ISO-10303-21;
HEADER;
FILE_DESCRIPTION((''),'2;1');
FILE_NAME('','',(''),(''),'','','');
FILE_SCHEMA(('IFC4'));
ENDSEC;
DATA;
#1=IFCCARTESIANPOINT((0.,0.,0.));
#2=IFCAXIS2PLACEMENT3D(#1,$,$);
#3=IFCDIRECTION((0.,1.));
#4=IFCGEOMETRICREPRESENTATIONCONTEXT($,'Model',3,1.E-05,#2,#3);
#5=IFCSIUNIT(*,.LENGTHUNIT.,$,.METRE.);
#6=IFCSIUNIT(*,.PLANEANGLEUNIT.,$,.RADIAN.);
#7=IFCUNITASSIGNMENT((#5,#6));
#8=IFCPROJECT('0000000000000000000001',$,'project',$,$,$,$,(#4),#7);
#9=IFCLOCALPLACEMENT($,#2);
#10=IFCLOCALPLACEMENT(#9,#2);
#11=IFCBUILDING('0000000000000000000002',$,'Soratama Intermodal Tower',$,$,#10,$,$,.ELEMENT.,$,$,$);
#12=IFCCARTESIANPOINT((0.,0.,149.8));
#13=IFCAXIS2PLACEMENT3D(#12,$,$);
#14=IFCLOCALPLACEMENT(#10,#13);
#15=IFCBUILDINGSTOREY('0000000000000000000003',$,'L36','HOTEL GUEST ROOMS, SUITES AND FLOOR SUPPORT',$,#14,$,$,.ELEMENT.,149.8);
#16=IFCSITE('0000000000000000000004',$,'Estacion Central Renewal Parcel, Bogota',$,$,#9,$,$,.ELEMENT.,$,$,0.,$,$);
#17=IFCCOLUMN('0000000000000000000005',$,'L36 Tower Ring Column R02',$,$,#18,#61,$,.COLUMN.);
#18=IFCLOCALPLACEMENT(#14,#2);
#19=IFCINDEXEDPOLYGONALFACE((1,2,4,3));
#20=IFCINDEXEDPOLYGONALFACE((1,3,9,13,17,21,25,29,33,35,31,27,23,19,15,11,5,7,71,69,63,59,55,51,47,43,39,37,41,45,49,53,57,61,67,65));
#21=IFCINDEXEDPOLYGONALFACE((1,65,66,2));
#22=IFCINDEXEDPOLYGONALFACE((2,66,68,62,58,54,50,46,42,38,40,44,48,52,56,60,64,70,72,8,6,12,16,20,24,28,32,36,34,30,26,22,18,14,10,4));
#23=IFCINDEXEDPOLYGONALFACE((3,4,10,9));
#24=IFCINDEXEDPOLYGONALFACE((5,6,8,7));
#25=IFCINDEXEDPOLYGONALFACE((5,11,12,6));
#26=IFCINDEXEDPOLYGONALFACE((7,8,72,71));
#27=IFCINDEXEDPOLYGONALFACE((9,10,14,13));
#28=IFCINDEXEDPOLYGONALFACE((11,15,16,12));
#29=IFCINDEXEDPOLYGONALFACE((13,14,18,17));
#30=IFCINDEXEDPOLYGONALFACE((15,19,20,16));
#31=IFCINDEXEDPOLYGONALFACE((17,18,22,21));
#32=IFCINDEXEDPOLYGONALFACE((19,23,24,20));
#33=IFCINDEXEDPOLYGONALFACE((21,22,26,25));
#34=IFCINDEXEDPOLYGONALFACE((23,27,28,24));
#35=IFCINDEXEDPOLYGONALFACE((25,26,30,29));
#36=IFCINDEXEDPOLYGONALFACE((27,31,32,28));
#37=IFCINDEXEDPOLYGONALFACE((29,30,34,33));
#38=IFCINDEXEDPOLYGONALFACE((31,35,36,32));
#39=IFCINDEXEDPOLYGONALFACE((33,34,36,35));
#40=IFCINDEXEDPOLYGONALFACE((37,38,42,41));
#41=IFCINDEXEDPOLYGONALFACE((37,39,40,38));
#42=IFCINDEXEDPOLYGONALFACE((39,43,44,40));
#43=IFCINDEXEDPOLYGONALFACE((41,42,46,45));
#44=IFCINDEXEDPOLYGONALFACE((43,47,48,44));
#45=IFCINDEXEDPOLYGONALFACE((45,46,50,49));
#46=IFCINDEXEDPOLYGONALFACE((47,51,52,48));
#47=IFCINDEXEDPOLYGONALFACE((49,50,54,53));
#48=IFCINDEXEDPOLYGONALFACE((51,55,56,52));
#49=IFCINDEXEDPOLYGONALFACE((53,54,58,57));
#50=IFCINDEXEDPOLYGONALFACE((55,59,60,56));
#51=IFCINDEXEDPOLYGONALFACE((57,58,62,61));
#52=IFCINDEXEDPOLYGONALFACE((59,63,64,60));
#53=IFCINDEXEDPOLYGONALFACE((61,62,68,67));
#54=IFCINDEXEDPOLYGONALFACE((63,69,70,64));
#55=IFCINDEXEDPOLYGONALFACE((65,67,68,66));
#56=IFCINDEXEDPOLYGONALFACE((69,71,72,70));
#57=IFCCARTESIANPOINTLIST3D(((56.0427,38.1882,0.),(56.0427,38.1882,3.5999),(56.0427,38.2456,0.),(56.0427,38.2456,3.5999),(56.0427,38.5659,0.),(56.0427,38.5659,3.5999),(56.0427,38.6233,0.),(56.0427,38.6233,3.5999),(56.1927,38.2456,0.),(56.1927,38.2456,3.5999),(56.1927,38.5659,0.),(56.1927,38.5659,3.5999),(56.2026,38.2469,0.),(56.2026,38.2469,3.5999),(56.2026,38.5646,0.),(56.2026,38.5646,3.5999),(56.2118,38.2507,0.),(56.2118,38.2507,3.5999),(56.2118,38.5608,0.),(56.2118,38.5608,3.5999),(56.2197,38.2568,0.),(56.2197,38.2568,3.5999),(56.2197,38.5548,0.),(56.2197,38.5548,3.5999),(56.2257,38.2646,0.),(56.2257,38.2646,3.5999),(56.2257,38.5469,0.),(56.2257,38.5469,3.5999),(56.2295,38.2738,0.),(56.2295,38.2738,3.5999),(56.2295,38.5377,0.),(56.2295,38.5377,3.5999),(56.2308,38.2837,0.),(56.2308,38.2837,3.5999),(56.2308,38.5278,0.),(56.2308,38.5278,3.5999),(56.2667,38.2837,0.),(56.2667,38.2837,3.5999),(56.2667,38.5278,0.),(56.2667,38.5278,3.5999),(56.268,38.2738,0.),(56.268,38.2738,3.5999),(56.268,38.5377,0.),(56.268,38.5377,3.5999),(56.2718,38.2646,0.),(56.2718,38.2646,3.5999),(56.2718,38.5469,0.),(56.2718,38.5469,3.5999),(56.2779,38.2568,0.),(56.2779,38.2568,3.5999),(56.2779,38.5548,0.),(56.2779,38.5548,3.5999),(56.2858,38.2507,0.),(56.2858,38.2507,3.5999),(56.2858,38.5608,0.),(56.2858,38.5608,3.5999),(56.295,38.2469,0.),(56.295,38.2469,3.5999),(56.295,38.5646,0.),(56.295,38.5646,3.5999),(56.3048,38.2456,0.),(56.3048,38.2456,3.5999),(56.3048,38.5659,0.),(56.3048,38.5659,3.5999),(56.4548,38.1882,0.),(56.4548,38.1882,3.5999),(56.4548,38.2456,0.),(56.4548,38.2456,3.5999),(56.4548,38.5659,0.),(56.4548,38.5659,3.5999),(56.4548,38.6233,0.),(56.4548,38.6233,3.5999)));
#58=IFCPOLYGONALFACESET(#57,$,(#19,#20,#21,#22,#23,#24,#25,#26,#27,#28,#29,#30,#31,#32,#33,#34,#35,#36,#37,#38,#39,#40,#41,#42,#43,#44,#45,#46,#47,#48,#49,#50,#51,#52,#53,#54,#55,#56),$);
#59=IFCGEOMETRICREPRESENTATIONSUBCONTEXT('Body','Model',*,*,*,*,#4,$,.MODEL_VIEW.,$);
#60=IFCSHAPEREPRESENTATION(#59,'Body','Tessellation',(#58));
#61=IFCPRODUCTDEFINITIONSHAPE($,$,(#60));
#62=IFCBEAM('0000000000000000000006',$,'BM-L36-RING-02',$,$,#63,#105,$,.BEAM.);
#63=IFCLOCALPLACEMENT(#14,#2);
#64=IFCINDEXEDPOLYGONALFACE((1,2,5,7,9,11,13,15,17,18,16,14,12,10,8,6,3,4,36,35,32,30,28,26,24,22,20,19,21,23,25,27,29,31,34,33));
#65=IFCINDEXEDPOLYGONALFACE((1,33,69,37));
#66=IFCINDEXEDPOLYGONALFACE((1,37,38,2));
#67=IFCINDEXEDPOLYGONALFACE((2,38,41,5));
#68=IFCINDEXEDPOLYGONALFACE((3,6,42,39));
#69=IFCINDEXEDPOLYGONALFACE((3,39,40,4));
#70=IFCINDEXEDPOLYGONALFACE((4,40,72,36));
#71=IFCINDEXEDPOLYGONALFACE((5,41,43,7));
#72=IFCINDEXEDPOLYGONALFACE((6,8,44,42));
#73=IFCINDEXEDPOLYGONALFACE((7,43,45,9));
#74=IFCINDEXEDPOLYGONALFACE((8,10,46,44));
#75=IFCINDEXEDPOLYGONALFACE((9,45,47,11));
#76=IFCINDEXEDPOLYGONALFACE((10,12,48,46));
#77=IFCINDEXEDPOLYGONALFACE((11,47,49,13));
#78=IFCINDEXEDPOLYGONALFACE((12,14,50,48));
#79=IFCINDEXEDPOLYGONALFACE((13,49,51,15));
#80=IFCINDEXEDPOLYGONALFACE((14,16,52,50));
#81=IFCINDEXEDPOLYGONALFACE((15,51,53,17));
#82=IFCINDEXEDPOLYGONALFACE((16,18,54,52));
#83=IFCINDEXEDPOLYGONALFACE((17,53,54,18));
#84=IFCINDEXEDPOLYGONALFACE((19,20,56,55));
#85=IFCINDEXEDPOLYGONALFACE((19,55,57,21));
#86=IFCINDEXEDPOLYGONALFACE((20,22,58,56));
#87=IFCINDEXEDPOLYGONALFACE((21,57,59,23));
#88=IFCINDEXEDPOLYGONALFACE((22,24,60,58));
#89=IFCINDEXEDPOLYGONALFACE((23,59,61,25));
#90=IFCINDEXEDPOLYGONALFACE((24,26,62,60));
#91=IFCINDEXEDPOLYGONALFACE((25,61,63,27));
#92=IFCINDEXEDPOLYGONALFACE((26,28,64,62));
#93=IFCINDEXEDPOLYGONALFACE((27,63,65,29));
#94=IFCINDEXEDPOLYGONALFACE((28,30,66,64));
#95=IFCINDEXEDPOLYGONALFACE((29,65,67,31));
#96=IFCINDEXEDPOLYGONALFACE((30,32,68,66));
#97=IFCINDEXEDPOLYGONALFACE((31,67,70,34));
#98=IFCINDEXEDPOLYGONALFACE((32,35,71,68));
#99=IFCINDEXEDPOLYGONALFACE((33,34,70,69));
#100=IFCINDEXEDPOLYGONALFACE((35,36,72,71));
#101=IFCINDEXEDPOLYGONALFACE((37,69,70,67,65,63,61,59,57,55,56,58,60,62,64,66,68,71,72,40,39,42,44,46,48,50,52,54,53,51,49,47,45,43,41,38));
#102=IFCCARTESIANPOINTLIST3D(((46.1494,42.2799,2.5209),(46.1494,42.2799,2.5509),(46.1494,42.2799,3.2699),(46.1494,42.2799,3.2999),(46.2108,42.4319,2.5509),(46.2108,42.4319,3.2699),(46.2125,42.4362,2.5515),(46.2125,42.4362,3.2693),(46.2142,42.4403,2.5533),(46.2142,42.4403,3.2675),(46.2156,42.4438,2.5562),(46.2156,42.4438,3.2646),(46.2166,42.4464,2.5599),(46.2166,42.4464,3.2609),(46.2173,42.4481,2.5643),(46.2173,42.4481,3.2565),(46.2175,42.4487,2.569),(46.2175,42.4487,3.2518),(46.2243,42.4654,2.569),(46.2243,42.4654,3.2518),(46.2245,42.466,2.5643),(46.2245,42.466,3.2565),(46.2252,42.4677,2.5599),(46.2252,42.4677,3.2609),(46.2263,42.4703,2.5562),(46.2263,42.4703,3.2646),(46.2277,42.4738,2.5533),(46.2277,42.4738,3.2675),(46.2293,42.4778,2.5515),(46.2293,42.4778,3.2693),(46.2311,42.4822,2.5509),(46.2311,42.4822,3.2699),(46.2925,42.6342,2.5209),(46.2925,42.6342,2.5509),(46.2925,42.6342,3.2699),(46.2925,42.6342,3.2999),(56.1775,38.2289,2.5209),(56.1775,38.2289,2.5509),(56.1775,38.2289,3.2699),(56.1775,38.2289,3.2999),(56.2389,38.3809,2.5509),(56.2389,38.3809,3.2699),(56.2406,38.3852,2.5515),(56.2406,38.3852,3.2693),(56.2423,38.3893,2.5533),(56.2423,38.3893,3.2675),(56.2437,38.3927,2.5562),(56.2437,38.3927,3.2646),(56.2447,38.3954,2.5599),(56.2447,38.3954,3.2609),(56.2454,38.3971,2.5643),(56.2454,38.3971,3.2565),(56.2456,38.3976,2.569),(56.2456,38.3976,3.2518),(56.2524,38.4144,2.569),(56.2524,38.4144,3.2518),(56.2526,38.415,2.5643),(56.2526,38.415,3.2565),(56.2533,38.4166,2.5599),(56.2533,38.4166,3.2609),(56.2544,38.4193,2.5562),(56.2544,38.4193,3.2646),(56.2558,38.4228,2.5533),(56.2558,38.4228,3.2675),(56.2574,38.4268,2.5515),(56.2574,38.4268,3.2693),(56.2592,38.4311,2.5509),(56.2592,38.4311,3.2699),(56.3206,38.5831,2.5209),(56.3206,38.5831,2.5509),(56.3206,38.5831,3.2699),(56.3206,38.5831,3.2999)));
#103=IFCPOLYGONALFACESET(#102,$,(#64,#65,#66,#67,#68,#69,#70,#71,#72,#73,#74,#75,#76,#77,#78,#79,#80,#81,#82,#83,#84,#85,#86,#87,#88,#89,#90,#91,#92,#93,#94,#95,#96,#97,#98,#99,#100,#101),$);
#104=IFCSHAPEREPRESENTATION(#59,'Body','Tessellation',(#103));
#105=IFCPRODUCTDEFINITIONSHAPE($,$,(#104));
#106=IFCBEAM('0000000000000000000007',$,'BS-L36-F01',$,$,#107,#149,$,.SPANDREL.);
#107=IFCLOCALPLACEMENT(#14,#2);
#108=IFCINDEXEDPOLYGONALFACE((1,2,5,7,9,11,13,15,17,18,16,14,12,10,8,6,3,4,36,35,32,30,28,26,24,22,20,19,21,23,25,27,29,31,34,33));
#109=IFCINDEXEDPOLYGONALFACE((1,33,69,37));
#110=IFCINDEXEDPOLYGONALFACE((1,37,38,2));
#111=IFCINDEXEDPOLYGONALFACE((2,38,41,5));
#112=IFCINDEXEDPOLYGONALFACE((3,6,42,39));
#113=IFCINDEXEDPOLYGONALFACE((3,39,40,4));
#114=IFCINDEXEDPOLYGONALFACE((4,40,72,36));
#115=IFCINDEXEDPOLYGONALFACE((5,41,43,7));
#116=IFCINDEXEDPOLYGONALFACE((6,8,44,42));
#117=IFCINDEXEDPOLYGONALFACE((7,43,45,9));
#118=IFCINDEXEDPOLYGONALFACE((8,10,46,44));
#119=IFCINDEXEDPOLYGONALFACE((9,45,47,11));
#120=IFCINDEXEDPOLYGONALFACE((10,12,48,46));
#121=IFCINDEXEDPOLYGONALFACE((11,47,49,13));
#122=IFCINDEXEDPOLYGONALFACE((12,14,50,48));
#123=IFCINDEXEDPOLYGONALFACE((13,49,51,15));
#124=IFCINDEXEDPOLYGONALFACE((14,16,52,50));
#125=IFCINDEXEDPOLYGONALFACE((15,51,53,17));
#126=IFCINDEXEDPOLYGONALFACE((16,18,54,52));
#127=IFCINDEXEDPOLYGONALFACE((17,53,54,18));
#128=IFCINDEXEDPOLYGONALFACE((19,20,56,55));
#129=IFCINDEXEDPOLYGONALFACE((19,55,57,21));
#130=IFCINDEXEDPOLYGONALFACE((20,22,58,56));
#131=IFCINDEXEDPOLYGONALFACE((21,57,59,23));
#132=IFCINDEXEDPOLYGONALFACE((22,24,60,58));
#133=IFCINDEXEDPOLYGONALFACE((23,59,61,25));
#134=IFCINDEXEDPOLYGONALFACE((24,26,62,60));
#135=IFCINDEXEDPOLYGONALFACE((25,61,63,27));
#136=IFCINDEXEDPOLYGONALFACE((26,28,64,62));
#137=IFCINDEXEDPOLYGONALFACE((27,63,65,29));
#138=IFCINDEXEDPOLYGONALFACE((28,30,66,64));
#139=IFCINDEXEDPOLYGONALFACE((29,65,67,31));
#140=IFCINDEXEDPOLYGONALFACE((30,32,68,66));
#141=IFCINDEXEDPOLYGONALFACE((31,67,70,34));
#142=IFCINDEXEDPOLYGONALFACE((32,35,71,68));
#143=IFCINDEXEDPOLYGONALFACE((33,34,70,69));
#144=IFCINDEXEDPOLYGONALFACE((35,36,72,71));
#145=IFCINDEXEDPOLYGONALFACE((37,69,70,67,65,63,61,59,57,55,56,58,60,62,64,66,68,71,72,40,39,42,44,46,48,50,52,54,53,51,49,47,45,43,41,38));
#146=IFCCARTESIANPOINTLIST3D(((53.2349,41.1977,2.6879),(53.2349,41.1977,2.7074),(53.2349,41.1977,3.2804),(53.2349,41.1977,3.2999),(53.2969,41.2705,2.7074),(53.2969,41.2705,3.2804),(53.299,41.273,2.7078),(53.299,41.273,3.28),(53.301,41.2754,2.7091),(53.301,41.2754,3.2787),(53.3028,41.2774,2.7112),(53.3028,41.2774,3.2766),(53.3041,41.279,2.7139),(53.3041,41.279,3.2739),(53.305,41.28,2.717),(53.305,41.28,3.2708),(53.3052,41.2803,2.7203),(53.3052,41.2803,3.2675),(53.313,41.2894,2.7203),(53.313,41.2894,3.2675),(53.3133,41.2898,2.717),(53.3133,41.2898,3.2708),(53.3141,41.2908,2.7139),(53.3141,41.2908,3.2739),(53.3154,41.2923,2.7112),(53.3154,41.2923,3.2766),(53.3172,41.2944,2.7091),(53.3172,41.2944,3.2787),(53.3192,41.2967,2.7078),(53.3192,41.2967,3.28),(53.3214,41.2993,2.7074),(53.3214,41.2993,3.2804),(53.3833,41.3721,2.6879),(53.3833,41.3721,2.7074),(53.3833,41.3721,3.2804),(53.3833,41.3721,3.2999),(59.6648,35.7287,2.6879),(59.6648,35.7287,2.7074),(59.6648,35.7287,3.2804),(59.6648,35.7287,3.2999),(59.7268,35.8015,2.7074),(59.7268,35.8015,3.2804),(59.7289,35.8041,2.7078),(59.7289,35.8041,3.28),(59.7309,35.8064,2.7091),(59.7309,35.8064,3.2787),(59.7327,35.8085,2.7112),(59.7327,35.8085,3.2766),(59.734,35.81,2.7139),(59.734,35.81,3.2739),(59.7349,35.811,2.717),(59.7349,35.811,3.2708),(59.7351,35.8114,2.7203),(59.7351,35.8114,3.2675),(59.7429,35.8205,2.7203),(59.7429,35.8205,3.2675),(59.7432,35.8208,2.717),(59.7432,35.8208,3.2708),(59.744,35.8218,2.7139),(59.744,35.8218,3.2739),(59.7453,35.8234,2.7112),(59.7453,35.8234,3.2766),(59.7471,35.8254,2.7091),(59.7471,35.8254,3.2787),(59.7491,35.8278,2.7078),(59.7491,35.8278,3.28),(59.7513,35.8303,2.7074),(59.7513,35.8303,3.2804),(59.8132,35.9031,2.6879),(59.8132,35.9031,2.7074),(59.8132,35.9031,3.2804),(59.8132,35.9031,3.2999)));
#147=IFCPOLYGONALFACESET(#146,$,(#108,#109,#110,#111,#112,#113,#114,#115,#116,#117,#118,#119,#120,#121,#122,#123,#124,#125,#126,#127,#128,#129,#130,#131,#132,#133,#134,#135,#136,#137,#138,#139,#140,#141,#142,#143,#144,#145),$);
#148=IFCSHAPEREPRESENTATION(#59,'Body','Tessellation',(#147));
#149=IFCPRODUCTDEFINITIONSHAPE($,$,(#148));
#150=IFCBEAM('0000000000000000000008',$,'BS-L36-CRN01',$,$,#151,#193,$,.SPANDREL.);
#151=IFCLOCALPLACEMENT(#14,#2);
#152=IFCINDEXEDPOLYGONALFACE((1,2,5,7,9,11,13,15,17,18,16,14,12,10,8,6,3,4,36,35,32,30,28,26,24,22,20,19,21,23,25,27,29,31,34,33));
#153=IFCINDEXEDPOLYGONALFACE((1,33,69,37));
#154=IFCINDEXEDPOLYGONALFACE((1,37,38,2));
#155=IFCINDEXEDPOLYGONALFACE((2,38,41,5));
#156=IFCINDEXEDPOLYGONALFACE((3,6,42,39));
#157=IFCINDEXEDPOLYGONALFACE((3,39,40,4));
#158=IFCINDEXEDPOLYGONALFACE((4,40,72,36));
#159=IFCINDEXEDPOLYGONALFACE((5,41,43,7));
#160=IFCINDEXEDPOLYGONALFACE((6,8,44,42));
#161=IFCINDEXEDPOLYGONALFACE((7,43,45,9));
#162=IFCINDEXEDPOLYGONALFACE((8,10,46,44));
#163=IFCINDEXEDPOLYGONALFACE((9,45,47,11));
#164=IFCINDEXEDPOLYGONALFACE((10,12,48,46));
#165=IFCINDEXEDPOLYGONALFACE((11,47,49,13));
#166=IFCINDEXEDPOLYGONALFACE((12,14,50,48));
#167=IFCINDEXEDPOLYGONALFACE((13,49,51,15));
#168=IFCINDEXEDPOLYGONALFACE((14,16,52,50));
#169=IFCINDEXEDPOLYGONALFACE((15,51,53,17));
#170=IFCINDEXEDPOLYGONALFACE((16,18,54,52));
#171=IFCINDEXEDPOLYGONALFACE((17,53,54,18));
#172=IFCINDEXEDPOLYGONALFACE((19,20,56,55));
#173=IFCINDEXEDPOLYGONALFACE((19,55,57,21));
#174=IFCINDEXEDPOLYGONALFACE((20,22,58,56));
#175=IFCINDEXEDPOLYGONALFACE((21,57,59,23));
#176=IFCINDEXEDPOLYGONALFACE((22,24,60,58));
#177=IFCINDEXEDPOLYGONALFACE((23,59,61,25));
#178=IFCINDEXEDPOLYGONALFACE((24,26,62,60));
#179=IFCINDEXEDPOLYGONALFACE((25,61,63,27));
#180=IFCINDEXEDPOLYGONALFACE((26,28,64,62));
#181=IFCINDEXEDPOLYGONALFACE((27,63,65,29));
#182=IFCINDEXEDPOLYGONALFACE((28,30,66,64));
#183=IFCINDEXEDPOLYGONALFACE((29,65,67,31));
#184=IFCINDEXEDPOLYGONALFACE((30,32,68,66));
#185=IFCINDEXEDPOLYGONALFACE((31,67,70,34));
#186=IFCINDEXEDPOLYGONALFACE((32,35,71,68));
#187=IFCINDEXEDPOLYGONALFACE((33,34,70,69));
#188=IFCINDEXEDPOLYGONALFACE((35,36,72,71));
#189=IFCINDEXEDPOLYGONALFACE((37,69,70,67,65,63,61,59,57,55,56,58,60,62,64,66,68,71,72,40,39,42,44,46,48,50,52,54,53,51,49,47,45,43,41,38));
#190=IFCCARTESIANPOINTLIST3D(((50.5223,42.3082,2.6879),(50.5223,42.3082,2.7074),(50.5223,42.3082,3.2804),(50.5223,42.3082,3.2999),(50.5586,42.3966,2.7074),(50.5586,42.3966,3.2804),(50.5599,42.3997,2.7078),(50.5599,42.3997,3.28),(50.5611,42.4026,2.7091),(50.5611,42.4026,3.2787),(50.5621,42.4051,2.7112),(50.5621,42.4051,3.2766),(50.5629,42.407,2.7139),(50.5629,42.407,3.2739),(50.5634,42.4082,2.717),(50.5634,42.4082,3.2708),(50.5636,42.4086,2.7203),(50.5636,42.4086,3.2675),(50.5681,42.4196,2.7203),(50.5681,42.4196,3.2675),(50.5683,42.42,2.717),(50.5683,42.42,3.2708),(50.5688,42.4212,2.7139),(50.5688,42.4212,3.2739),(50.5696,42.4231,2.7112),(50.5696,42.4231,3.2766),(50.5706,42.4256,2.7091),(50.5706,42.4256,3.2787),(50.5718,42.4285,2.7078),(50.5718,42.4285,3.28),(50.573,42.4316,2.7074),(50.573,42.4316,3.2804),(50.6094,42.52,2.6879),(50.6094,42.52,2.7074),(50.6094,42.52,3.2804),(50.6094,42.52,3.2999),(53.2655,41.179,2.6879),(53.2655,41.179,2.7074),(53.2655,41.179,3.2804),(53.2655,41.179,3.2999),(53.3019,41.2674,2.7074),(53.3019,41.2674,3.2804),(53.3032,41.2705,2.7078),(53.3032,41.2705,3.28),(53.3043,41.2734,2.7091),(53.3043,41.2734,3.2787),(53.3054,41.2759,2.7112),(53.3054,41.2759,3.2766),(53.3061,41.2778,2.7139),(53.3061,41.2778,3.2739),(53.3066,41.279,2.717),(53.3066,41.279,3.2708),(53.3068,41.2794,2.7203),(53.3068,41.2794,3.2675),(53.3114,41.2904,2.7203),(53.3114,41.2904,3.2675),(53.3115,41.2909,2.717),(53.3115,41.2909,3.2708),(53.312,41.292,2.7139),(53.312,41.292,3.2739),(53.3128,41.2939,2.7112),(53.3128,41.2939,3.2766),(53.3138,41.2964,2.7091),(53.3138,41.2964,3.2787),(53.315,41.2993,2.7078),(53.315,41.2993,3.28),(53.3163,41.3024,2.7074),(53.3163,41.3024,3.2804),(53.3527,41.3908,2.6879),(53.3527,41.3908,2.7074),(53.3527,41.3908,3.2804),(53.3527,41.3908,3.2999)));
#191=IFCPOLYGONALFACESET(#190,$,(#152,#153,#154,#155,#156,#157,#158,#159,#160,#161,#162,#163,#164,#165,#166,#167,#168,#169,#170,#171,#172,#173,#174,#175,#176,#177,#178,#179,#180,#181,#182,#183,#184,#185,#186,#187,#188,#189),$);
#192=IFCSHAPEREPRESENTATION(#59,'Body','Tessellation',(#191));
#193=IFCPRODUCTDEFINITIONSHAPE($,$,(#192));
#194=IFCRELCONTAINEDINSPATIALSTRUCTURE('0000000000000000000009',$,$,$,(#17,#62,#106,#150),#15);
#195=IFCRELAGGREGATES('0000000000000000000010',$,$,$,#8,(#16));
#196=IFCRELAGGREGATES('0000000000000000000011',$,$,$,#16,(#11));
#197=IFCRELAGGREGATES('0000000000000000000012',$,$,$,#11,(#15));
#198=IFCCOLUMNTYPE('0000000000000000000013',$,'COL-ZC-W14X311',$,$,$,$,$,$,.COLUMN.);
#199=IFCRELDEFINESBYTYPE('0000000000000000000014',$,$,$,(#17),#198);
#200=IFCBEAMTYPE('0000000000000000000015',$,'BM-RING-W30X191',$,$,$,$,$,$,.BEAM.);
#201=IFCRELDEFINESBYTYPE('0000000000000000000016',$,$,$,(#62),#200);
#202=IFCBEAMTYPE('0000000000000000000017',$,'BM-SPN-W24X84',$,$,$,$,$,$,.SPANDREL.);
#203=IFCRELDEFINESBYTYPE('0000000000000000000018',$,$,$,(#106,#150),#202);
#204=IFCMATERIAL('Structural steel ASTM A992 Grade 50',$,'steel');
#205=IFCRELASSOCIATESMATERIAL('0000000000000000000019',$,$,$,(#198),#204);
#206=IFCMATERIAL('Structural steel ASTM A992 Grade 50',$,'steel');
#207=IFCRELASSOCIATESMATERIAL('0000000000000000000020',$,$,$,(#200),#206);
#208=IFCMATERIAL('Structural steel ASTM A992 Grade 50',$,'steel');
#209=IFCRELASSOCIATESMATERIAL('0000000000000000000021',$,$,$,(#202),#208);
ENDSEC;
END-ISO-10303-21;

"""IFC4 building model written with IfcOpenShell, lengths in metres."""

from ifc_helpers import new_model, si_unit, direction, frame, origin, origin_2d, place, context, subcontext, project, spatial, i_section, extrude, material, material_profile, profile_set, type_object, element, save


model = new_model("IFC4")

# Units and contexts
model_context = context("Model", 3, precision=1e-05, world=origin(), true_north=direction((0.0, 1.0)))
body_context = subcontext(model_context, "Body", "Model", "MODEL_VIEW")
ifc_project = project(units=[si_unit("LENGTHUNIT", "METRE"), si_unit("PLANEANGLEUNIT", "RADIAN")], contexts=[model_context])

# Site, building, storey
site_placement = place(None, origin())
site = spatial("IfcSite", under=ifc_project, at=site_placement, Name="Estacion Central Renewal Parcel, Bogota", CompositionType="ELEMENT", RefElevation=0.0)
building_placement = place(site_placement, origin())
building = spatial("IfcBuilding", under=site, at=building_placement, Name="Soratama Intermodal Tower", CompositionType="ELEMENT")
storey_placement = place(building_placement, frame((0.0, 0.0, 149.8)))
storey = spatial("IfcBuildingStorey", under=building, at=storey_placement, Name="L36", Description="HOTEL GUEST ROOMS, SUITES AND FLOOR SUPPORT", CompositionType="ELEMENT", Elevation=149.8)

# Column
ifc_material_1 = material(Name="Structural steel ASTM A992 Grade 50", Category="steel")
ifc_material_profile_1 = material_profile(ifc_material_1, i_section(OverallWidth=0.4121, OverallDepth=0.4351, WebThickness=0.0359, FlangeThickness=0.0574, FilletRadius=0.0381, at=origin_2d()), Name="W14X311")
ifc_profile_set_1 = profile_set([ifc_material_profile_1], Name="Structural steel ASTM A992 Grade 50")
column_type = type_object("IfcColumnType", Name="COL-ZC-W14X311", PredefinedType="COLUMN", material=ifc_profile_set_1)
column_placement = place(storey_placement, frame((56.2488, 38.4058, 0.0), z_axis=(0.0, 0.0, 1.0), x_axis=(1.0, 0.0, 0.0)))
element("IfcColumn", 1, at=column_placement, inside=storey, type_object=column_type, Name="L36 Tower Ring Column R02", PredefinedType="COLUMN", context=body_context, shape_type="SweptSolid", body=[
    extrude(i_section(OverallWidth=0.4121, OverallDepth=0.4351, WebThickness=0.0359, FlangeThickness=0.0574, FilletRadius=0.0381, at=origin_2d()), origin(), (0.0, 0.0, 1.0), 3.5999),
])

# Beams
ifc_material_2 = material(Name="Structural steel ASTM A992 Grade 50", Category="steel")
ifc_material_profile_2 = material_profile(ifc_material_2, i_section(OverallWidth=0.3821, OverallDepth=0.7791, WebThickness=0.0181, FlangeThickness=0.03, FilletRadius=0.0181, at=origin_2d()), Name="W30X191")
ifc_profile_set_2 = profile_set([ifc_material_profile_2], Name="Structural steel ASTM A992 Grade 50")
beam_type_1 = type_object("IfcBeamType", Name="BM-RING-W30X191", PredefinedType="BEAM", material=ifc_profile_set_2)
beam_1_placement = place(storey_placement, frame((56.249, 38.406, 2.9104), z_axis=(-0.927202, 0.37456, 0.0), x_axis=(-0.37456, -0.927202, 0.0)))
element("IfcBeam", 2, at=beam_1_placement, inside=storey, type_object=beam_type_1, Name="BM-L36-RING-02", PredefinedType="BEAM", context=body_context, shape_type="SweptSolid", body=[
    extrude(i_section(OverallWidth=0.3821, OverallDepth=0.7791, WebThickness=0.0181, FlangeThickness=0.03, FilletRadius=0.0181, at=origin_2d()), origin(), (0.0, 0.0, 1.0), 10.8154),
])
ifc_material_3 = material(Name="Structural steel ASTM A992 Grade 50", Category="steel")
ifc_material_profile_3 = material_profile(ifc_material_3, i_section(OverallWidth=0.229, OverallDepth=0.6121, WebThickness=0.012, FlangeThickness=0.0195, FilletRadius=0.0129, at=origin_2d()), Name="W24X84")
ifc_profile_set_3 = profile_set([ifc_material_profile_3], Name="Structural steel ASTM A992 Grade 50")
beam_type_2 = type_object("IfcBeamType", Name="BM-SPN-W24X84", PredefinedType="SPANDREL", material=ifc_profile_set_3)
beam_2_placement = place(storey_placement, frame((59.739, 35.8159, 2.9939), z_axis=(-0.761732, 0.647893, 0.0), x_axis=(-0.647893, -0.761732, 0.0)))
element("IfcBeam", 3, at=beam_2_placement, inside=storey, type_object=beam_type_2, Name="BS-L36-F01", PredefinedType="SPANDREL", context=body_context, shape_type="SweptSolid", body=[
    extrude(i_section(OverallWidth=0.229, OverallDepth=0.6121, WebThickness=0.012, FlangeThickness=0.0195, FilletRadius=0.0129, at=origin_2d()), origin(), (0.0, 0.0, 1.0), 8.4412),
])
beam_3_placement = place(storey_placement, frame((53.3091, 41.2849, 2.9939), z_axis=(-0.924724, 0.380638, 0.0), x_axis=(-0.380638, -0.924724, 0.0)))
element("IfcBeam", 4, at=beam_3_placement, inside=storey, type_object=beam_type_2, Name="BS-L36-CRN01", PredefinedType="SPANDREL", context=body_context, shape_type="SweptSolid", body=[
    extrude(i_section(OverallWidth=0.229, OverallDepth=0.6121, WebThickness=0.012, FlangeThickness=0.0195, FilletRadius=0.0129, at=origin_2d()), origin(), (0.0, 0.0, 1.0), 2.9666),
])

save(model, "model.ifc")
